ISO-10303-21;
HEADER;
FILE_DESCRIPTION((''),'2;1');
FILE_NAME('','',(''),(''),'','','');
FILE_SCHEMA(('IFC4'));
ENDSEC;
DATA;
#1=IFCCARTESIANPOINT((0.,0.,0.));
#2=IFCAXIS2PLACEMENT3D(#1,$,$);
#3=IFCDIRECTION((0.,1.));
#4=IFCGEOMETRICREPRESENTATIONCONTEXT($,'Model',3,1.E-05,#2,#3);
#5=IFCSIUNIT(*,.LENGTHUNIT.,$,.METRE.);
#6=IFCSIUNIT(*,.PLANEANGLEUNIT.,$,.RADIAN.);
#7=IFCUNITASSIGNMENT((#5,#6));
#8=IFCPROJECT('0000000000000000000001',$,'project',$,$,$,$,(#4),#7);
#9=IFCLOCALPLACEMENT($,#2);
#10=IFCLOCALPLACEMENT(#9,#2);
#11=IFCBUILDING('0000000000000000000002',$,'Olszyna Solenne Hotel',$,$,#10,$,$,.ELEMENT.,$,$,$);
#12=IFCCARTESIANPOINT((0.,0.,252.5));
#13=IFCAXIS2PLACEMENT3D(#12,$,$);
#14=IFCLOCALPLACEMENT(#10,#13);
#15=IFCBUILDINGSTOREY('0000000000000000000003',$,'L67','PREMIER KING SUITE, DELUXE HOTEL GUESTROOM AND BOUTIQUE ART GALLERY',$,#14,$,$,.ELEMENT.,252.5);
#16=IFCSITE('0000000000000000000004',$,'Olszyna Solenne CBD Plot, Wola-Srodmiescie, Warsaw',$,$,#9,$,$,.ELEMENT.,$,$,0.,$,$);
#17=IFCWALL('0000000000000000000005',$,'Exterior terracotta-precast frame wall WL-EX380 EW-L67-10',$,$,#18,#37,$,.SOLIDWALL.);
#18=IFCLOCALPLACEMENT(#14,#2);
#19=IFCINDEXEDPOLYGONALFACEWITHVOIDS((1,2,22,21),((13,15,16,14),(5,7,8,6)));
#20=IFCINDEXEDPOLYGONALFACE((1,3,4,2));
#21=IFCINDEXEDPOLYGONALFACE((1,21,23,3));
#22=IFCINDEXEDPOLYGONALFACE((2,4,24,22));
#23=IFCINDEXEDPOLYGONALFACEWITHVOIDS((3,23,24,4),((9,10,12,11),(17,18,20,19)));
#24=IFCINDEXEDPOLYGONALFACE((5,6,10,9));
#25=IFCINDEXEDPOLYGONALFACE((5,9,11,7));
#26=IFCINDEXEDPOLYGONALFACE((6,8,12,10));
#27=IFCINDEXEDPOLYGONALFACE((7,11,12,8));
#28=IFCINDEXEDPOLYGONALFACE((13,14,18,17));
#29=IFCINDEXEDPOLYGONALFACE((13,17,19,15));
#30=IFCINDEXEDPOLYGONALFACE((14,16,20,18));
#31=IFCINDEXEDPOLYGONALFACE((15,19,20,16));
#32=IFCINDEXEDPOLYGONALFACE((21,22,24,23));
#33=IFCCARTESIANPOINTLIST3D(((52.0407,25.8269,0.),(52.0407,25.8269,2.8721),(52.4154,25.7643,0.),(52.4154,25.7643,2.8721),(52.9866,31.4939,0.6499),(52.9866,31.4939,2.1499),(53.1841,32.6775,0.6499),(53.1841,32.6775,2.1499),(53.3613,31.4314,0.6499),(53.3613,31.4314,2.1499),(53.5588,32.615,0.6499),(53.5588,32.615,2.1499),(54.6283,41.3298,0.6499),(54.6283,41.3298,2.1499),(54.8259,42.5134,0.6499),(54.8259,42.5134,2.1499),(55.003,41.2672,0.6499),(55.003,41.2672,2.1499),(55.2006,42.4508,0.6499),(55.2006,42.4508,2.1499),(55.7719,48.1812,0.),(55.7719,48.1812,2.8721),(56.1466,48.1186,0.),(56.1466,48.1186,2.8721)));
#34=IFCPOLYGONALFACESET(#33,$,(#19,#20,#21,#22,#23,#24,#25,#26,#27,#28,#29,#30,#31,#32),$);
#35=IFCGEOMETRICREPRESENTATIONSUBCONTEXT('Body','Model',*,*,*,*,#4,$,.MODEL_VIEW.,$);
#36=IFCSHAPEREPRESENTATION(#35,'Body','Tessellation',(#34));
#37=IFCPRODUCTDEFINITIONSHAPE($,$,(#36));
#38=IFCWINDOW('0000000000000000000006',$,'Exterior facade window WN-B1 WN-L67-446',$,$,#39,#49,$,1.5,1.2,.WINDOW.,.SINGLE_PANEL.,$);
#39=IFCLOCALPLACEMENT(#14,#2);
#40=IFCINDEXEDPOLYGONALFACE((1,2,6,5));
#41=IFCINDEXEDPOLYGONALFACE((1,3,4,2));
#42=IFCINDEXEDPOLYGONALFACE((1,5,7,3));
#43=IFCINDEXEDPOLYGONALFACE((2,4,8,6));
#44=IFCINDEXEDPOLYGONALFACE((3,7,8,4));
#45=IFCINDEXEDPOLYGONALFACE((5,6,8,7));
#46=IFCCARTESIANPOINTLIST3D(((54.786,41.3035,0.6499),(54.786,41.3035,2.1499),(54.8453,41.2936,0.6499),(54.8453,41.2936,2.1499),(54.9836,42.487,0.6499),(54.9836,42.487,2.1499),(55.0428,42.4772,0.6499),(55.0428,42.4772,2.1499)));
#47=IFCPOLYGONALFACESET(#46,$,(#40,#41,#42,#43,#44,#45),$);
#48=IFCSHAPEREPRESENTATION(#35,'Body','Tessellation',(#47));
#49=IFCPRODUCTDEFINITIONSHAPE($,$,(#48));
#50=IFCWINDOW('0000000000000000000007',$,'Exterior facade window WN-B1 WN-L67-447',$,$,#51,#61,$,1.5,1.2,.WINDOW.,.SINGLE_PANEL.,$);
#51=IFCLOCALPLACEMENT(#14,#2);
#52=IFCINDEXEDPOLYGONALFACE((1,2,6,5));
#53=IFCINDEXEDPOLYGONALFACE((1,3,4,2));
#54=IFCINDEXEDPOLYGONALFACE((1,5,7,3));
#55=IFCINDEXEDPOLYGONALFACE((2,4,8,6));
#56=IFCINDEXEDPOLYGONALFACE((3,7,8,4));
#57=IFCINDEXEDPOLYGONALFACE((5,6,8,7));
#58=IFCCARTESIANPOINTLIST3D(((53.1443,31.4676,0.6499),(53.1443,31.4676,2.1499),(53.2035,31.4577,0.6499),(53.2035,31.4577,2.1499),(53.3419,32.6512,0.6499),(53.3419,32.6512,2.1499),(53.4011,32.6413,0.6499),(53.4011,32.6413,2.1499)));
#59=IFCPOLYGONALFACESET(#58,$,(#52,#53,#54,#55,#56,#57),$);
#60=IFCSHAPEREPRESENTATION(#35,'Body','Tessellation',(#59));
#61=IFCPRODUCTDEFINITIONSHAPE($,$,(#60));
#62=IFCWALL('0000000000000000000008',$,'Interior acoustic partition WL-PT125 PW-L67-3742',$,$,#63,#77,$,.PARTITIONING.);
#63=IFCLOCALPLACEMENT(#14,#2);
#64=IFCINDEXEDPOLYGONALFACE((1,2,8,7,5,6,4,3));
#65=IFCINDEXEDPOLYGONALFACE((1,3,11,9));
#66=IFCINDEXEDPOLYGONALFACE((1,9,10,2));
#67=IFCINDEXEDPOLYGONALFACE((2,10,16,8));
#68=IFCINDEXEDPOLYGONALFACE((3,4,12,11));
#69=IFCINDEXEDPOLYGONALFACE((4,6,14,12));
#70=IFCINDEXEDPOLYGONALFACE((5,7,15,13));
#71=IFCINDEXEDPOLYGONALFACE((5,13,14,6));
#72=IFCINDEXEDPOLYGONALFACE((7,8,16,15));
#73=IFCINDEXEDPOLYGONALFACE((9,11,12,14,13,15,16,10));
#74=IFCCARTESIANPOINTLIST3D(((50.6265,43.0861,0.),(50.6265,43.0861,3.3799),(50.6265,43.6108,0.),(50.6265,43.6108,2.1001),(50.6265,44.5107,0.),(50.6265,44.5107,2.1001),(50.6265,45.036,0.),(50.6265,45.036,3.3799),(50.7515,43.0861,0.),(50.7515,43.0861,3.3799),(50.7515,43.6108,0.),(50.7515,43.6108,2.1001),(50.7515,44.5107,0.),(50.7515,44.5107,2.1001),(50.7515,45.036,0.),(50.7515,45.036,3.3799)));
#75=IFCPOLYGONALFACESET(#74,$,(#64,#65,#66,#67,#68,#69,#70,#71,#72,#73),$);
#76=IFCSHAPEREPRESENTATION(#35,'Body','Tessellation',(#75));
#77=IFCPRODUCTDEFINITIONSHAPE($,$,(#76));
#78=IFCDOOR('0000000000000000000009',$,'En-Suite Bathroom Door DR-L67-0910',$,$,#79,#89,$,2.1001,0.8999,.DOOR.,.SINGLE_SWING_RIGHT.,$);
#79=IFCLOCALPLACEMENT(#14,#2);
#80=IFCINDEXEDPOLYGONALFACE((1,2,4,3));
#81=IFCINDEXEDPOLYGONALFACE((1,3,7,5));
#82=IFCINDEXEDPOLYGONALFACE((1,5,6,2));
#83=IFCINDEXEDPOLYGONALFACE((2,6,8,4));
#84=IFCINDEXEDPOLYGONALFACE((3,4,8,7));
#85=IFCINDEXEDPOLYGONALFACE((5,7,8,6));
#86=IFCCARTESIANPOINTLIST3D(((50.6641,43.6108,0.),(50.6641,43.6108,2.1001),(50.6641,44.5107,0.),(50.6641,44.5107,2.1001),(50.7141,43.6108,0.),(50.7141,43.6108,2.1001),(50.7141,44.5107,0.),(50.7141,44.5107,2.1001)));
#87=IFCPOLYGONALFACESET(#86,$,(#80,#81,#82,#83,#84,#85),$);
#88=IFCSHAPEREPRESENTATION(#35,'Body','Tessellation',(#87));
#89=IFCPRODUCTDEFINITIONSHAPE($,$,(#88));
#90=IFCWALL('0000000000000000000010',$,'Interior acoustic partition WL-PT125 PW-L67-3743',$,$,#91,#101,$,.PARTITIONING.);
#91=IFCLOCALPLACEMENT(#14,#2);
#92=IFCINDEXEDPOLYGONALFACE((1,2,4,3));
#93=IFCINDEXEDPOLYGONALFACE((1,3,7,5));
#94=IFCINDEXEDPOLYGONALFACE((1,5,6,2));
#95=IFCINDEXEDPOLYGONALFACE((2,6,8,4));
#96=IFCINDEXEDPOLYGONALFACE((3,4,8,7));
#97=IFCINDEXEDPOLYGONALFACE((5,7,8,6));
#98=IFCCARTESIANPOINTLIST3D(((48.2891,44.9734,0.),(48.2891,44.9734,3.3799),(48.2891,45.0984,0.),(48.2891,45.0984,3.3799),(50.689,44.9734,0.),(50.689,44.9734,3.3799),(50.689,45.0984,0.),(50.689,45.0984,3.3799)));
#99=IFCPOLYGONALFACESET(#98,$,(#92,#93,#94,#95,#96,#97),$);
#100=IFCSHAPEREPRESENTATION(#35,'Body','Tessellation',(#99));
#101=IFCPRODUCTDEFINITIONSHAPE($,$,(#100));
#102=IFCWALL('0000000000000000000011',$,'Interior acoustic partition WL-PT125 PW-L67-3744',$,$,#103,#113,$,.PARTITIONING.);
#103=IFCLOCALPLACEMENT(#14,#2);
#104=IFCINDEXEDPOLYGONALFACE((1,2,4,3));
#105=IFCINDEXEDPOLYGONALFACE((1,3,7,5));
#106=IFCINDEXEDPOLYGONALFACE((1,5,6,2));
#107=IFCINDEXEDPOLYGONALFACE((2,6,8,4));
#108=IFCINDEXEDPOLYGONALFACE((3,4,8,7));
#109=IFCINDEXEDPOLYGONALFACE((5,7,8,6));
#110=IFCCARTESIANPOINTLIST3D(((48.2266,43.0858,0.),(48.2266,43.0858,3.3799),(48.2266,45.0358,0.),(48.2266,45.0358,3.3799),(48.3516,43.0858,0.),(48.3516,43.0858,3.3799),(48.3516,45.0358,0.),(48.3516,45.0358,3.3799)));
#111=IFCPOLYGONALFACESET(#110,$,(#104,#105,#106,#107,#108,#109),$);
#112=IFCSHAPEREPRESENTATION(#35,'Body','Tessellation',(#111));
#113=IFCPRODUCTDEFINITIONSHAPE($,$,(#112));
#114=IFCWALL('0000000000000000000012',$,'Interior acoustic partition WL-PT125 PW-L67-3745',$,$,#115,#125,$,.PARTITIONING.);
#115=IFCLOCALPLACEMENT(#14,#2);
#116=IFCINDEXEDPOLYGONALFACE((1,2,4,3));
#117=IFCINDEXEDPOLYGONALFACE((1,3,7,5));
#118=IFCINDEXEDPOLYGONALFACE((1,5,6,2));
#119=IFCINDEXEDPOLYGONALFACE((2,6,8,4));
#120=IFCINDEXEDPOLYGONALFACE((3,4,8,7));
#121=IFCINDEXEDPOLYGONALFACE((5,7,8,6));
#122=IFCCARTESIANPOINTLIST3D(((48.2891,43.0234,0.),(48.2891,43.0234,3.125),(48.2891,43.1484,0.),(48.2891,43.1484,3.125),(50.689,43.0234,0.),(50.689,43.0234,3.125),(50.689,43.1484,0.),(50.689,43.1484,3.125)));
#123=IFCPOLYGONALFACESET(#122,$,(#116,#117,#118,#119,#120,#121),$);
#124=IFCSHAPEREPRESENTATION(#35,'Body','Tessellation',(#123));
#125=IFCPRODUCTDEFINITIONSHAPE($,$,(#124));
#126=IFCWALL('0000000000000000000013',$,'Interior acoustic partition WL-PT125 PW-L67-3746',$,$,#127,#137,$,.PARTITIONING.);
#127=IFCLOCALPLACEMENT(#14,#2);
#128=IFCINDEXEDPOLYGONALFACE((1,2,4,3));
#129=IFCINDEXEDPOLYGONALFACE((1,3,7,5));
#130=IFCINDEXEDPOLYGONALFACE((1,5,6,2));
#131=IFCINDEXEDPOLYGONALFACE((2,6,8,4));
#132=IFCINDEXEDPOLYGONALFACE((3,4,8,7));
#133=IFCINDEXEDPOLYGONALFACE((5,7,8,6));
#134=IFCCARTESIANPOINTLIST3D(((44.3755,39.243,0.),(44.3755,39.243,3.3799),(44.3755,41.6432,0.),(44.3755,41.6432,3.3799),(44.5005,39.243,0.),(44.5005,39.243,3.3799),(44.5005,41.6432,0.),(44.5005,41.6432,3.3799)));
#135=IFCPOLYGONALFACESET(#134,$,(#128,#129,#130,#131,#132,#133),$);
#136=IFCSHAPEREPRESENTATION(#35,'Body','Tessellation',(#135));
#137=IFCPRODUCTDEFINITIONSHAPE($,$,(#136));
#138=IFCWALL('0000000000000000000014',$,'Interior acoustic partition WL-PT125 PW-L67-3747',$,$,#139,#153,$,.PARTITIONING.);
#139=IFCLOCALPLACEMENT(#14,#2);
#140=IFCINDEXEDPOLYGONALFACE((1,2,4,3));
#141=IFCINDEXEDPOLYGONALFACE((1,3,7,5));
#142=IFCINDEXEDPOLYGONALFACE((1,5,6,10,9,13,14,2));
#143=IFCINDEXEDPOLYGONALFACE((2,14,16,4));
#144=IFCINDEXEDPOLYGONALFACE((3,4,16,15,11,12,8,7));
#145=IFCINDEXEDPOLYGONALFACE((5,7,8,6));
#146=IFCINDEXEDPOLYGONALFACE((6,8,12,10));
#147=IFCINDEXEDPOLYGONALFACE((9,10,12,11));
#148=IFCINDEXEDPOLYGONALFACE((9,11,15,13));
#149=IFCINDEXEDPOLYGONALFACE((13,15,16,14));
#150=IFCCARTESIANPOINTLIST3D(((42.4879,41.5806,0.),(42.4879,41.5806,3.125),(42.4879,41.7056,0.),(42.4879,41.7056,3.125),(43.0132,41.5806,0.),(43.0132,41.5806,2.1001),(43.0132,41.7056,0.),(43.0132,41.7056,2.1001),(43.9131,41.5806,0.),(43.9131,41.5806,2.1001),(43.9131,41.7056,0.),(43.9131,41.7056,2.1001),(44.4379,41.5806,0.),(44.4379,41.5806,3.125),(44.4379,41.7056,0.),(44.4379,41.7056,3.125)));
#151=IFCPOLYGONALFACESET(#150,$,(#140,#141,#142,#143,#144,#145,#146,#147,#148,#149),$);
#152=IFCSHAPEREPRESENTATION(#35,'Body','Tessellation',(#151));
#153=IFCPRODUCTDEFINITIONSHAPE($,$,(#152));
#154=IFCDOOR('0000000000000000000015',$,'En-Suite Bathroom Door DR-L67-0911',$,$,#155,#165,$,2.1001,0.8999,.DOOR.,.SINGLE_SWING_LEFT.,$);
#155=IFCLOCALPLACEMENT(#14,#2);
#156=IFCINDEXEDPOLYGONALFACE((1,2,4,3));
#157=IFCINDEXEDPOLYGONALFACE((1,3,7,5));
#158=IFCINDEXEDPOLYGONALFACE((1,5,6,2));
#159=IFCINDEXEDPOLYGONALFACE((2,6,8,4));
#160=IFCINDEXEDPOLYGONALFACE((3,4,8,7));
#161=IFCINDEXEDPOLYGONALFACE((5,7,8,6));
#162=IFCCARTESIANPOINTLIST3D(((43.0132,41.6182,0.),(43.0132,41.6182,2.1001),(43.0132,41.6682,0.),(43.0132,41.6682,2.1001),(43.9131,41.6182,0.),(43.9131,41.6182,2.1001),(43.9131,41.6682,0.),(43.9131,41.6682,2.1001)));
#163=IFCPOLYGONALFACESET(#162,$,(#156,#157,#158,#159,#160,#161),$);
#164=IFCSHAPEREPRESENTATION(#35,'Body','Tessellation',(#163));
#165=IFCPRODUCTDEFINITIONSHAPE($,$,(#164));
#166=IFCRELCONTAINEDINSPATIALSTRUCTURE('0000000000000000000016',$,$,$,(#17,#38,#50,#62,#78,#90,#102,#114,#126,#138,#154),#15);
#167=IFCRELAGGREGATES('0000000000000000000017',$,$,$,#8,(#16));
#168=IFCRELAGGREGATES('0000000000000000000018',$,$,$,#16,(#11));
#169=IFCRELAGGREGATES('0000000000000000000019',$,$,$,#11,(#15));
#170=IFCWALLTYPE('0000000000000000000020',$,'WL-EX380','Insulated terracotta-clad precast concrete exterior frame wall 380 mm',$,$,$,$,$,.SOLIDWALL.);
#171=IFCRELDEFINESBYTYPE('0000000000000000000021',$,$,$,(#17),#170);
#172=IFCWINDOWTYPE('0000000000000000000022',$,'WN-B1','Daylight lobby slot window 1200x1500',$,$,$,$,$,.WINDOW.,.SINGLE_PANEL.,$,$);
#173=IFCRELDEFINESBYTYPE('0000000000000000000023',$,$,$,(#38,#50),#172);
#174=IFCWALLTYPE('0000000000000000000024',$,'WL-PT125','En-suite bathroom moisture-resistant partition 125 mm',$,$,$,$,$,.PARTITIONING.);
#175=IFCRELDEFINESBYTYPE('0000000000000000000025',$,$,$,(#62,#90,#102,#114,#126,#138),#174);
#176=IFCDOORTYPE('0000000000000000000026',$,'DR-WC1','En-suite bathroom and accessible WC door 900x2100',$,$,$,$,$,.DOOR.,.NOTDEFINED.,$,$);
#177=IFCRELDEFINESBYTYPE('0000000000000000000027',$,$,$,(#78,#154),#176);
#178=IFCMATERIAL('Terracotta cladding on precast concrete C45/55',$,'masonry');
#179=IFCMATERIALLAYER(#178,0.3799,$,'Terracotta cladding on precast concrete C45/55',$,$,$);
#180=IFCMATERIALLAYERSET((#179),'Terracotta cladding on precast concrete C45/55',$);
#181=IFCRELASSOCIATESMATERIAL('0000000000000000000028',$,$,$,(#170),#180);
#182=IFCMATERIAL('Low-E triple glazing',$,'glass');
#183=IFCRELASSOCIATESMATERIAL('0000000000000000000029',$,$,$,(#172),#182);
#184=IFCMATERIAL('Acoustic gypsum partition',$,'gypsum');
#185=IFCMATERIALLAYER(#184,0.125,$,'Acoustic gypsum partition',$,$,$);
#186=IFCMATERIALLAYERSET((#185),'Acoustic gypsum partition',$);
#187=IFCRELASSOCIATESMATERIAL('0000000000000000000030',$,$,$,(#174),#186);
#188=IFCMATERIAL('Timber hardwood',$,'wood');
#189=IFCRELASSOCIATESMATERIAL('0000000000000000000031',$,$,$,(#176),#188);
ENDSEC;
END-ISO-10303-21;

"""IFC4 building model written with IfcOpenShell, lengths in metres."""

from ifc_helpers import new_model, si_unit, direction, frame, frame_2d, origin, place, context, subcontext, project, spatial, rectangle, extrude, source, transform, mapped, material, layer, layer_set, type_object, type_shapes, element, fill, save


model = new_model("IFC4")

# Units and contexts
model_context = context("Model", 3, precision=1e-05, world=origin(), true_north=direction((0.0, 1.0)))
body_context = subcontext(model_context, "Body", "Model", "MODEL_VIEW")
ifc_project = project(units=[si_unit("LENGTHUNIT", "METRE"), si_unit("PLANEANGLEUNIT", "RADIAN")], contexts=[model_context])

# Site, building, storey
site_placement = place(None, origin())
site = spatial("IfcSite", under=ifc_project, at=site_placement, Name="Olszyna Solenne CBD Plot, Wola-Srodmiescie, Warsaw", CompositionType="ELEMENT", RefElevation=0.0)
building_placement = place(site_placement, origin())
building = spatial("IfcBuilding", under=site, at=building_placement, Name="Olszyna Solenne Hotel", CompositionType="ELEMENT")
storey_placement = place(building_placement, frame((0.0, 0.0, 252.5)))
storey = spatial("IfcBuildingStorey", under=building, at=storey_placement, Name="L67", Description="PREMIER KING SUITE, DELUXE HOTEL GUESTROOM AND BOUTIQUE ART GALLERY", CompositionType="ELEMENT", Elevation=252.5)

# Shared definitions
ifc_material_1 = material(Name="Terracotta cladding on precast concrete C45/55", Category="masonry")
ifc_layer_1 = layer(ifc_material_1, 0.3799, Name="Terracotta cladding on precast concrete C45/55")
ifc_layer_set_1 = layer_set([ifc_layer_1], Name="Terracotta cladding on precast concrete C45/55")
wall_type_1 = type_object("IfcWallType", Name="WL-EX380", Description="Insulated terracotta-clad precast concrete exterior frame wall 380 mm", PredefinedType="SOLIDWALL", material=ifc_layer_set_1)

# Wall, openings, windows
wall_1_placement = place(storey_placement, frame((55.9592, 48.1499, 0.0), z_axis=(0.0, 0.0, 1.0), x_axis=(-0.164635, -0.986355, 0.0)))
wall_1 = element("IfcWall", 1, at=wall_1_placement, inside=storey, type_object=wall_type_1, Name="Exterior terracotta-precast frame wall WL-EX380 EW-L67-10", PredefinedType="SOLIDWALL", context=body_context, shape_type="SweptSolid", body=[
    extrude(rectangle(XDim=22.6636, YDim=0.3799, at=frame_2d((11.3318, 0.0))), origin(), (0.0, 0.0, 1.0), 2.8721),
])
opening_1_placement = place(wall_1_placement, frame((5.7461, 0.0, 0.6499)))
opening_1 = element("IfcOpeningElement", 2, at=opening_1_placement, cuts=wall_1, PredefinedType="OPENING", context=body_context, shape_type="SweptSolid", body=[
    extrude(rectangle(XDim=1.2, YDim=1.5, at=frame_2d((0.6001, 0.75))), frame((0.0, 0.2, 0.0), z_axis=(0.0, -1.0, 0.0), x_axis=(1.0, 0.0, 0.0)), (0.0, 0.0, 1.0), 0.3999),
])
opening_2_placement = place(wall_1_placement, frame((15.718, 0.0, 0.6499)))
opening_2 = element("IfcOpeningElement", 3, at=opening_2_placement, cuts=wall_1, PredefinedType="OPENING", context=body_context, shape_type="SweptSolid", body=[
    extrude(rectangle(XDim=1.2, YDim=1.5, at=frame_2d((0.6001, 0.75))), frame((0.0, 0.2, 0.0), z_axis=(0.0, -1.0, 0.0), x_axis=(1.0, 0.0, 0.0)), (0.0, 0.0, 1.0), 0.3999),
])
ifc_material_2 = material(Name="Low-E triple glazing", Category="glass")
window_type = type_object("IfcWindowType", Name="WN-B1", Description="Daylight lobby slot window 1200x1500", PartitioningType="SINGLE_PANEL", PredefinedType="WINDOW", material=ifc_material_2)
shared_shape_1 = source(origin(), body_context, "Body", "SweptSolid", [
    extrude(rectangle(XDim=1.2, YDim=1.5, at=frame_2d((0.6001, 0.75))), frame((0.0, 0.03, 0.0), z_axis=(0.0, -1.0, 0.0), x_axis=(1.0, 0.0, 0.0)), (0.0, 0.0, 1.0), 0.0601),
])
type_shapes(window_type, [shared_shape_1])
window_1_placement = place(opening_1_placement, origin())
window_1 = element("IfcWindow", 4, at=window_1_placement, inside=storey, type_object=window_type, Name="Exterior facade window WN-B1 WN-L67-446", OverallHeight=1.5, OverallWidth=1.2, PartitioningType="SINGLE_PANEL", PredefinedType="WINDOW", context=body_context, shape_type="MappedRepresentation", body=[
    mapped(shared_shape_1, transform((0.0, 0.0, 0.0), x_axis=(1.0, 0.0, 0.0), y_axis=(0.0, 1.0, 0.0), z_axis=(0.0, 0.0, 1.0), scale=1.0)),
])
fill(opening_1, window_1)
window_2_placement = place(opening_2_placement, origin())
window_2 = element("IfcWindow", 5, at=window_2_placement, inside=storey, type_object=window_type, Name="Exterior facade window WN-B1 WN-L67-447", OverallHeight=1.5, OverallWidth=1.2, PartitioningType="SINGLE_PANEL", PredefinedType="WINDOW", context=body_context, shape_type="MappedRepresentation", body=[
    mapped(shared_shape_1, transform((0.0, 0.0, 0.0), x_axis=(1.0, 0.0, 0.0), y_axis=(0.0, 1.0, 0.0), z_axis=(0.0, 0.0, 1.0), scale=1.0)),
])
fill(opening_2, window_2)

# Wall, opening, door
ifc_material_3 = material(Name="Acoustic gypsum partition", Category="gypsum")
ifc_layer_2 = layer(ifc_material_3, 0.125, Name="Acoustic gypsum partition")
ifc_layer_set_2 = layer_set([ifc_layer_2], Name="Acoustic gypsum partition")
wall_type_2 = type_object("IfcWallType", Name="WL-PT125", Description="En-suite bathroom moisture-resistant partition 125 mm", PredefinedType="PARTITIONING", material=ifc_layer_set_2)
wall_2_placement = place(storey_placement, frame((50.689, 43.0859, 0.0), z_axis=(0.0, 0.0, 1.0), x_axis=(0.0, 1.0, 0.0)))
wall_2 = element("IfcWall", 6, at=wall_2_placement, inside=storey, type_object=wall_type_2, Name="Interior acoustic partition WL-PT125 PW-L67-3742", PredefinedType="PARTITIONING", context=body_context, shape_type="SweptSolid", body=[
    extrude(rectangle(XDim=1.95, YDim=0.125, at=frame_2d((0.9751, 0.0))), origin(), (0.0, 0.0, 1.0), 3.3799),
])
opening_3_placement = place(wall_2_placement, frame((0.5249, 0.0, 0.0)))
opening_3 = element("IfcOpeningElement", 7, at=opening_3_placement, cuts=wall_2, PredefinedType="OPENING", context=body_context, shape_type="SweptSolid", body=[
    extrude(rectangle(XDim=0.8999, YDim=2.1001, at=frame_2d((0.45, 1.05))), frame((0.0, 0.0725, 0.0), z_axis=(0.0, -1.0, 0.0), x_axis=(1.0, 0.0, 0.0)), (0.0, 0.0, 1.0), 0.145),
])
ifc_material_4 = material(Name="Timber hardwood", Category="wood")
door_type_1 = type_object("IfcDoorType", Name="DR-WC1", Description="En-suite bathroom and accessible WC door 900x2100", OperationType="NOTDEFINED", PredefinedType="DOOR", material=ifc_material_4)
shared_shape_2 = source(origin(), body_context, "Body", "SweptSolid", [
    extrude(rectangle(XDim=0.8999, YDim=2.1001, at=frame_2d((0.45, 1.05))), frame((0.0, 0.0249, 0.0), z_axis=(0.0, -1.0, 0.0), x_axis=(1.0, 0.0, 0.0)), (0.0, 0.0, 1.0), 0.05),
])
type_shapes(door_type_1, [shared_shape_2])
door_1_placement = place(opening_3_placement, origin())
door_1 = element("IfcDoor", 8, at=door_1_placement, inside=storey, type_object=door_type_1, Name="En-Suite Bathroom Door DR-L67-0910", OperationType="SINGLE_SWING_RIGHT", OverallHeight=2.1001, OverallWidth=0.8999, PredefinedType="DOOR", context=body_context, shape_type="MappedRepresentation", body=[
    mapped(shared_shape_2, transform((0.0, 0.0, 0.0), x_axis=(1.0, 0.0, 0.0), y_axis=(0.0, 1.0, 0.0), z_axis=(0.0, 0.0, 1.0), scale=1.0)),
])
fill(opening_3, door_1)

# Walls
wall_3_placement = place(storey_placement, frame((50.689, 45.0359, 0.0), z_axis=(0.0, 0.0, 1.0), x_axis=(-1.0, 0.0, 0.0)))
element("IfcWall", 9, at=wall_3_placement, inside=storey, type_object=wall_type_2, Name="Interior acoustic partition WL-PT125 PW-L67-3743", PredefinedType="PARTITIONING", context=body_context, shape_type="SweptSolid", body=[
    extrude(rectangle(XDim=2.3999, YDim=0.125, at=frame_2d((1.2, 0.0))), origin(), (0.0, 0.0, 1.0), 3.3799),
])
wall_4_placement = place(storey_placement, frame((48.2891, 45.0359, 0.0), z_axis=(0.0, 0.0, 1.0), x_axis=(0.0, -1.0, 0.0)))
element("IfcWall", 10, at=wall_4_placement, inside=storey, type_object=wall_type_2, Name="Interior acoustic partition WL-PT125 PW-L67-3744", PredefinedType="PARTITIONING", context=body_context, shape_type="SweptSolid", body=[
    extrude(rectangle(XDim=1.95, YDim=0.125, at=frame_2d((0.9751, 0.0))), origin(), (0.0, 0.0, 1.0), 3.3799),
])
wall_5_placement = place(storey_placement, frame((48.2891, 43.0859, 0.0), z_axis=(0.0, 0.0, 1.0), x_axis=(1.0, 0.0, 0.0)))
element("IfcWall", 11, at=wall_5_placement, inside=storey, type_object=wall_type_2, Name="Interior acoustic partition WL-PT125 PW-L67-3745", PredefinedType="PARTITIONING", context=body_context, shape_type="SweptSolid", body=[
    extrude(rectangle(XDim=2.3999, YDim=0.125, at=frame_2d((1.2, 0.0))), origin(), (0.0, 0.0, 1.0), 3.125),
])
wall_6_placement = place(storey_placement, frame((44.438, 39.2429, 0.0), z_axis=(0.0, 0.0, 1.0), x_axis=(0.0, 1.0, 0.0)))
element("IfcWall", 12, at=wall_6_placement, inside=storey, type_object=wall_type_2, Name="Interior acoustic partition WL-PT125 PW-L67-3746", PredefinedType="PARTITIONING", context=body_context, shape_type="SweptSolid", body=[
    extrude(rectangle(XDim=2.4001, YDim=0.125, at=frame_2d((1.2002, 0.0))), origin(), (0.0, 0.0, 1.0), 3.3799),
])

# Wall, opening, door
wall_7_placement = place(storey_placement, frame((44.438, 41.6431, 0.0), z_axis=(0.0, 0.0, 1.0), x_axis=(-1.0, 0.0, 0.0)))
wall_7 = element("IfcWall", 13, at=wall_7_placement, inside=storey, type_object=wall_type_2, Name="Interior acoustic partition WL-PT125 PW-L67-3747", PredefinedType="PARTITIONING", context=body_context, shape_type="SweptSolid", body=[
    extrude(rectangle(XDim=1.95, YDim=0.125, at=frame_2d((0.9751, 0.0))), origin(), (0.0, 0.0, 1.0), 3.125),
])
opening_4_placement = place(wall_7_placement, frame((0.5249, 0.0, 0.0)))
opening_4 = element("IfcOpeningElement", 14, at=opening_4_placement, cuts=wall_7, PredefinedType="OPENING", context=body_context, shape_type="SweptSolid", body=[
    extrude(rectangle(XDim=0.8999, YDim=2.1001, at=frame_2d((0.45, 1.05))), frame((0.0, 0.0725, 0.0), z_axis=(0.0, -1.0, 0.0), x_axis=(1.0, 0.0, 0.0)), (0.0, 0.0, 1.0), 0.145),
])
door_2_placement = place(opening_4_placement, origin())
door_2 = element("IfcDoor", 15, at=door_2_placement, inside=storey, type_object=door_type_1, Name="En-Suite Bathroom Door DR-L67-0911", OperationType="SINGLE_SWING_LEFT", OverallHeight=2.1001, OverallWidth=0.8999, PredefinedType="DOOR", context=body_context, shape_type="MappedRepresentation", body=[
    mapped(shared_shape_2, transform((0.0, 0.0, 0.0), x_axis=(1.0, 0.0, 0.0), y_axis=(0.0, 1.0, 0.0), z_axis=(0.0, 0.0, 1.0), scale=1.0)),
])
fill(opening_4, door_2)

save(model, "model.ifc")
